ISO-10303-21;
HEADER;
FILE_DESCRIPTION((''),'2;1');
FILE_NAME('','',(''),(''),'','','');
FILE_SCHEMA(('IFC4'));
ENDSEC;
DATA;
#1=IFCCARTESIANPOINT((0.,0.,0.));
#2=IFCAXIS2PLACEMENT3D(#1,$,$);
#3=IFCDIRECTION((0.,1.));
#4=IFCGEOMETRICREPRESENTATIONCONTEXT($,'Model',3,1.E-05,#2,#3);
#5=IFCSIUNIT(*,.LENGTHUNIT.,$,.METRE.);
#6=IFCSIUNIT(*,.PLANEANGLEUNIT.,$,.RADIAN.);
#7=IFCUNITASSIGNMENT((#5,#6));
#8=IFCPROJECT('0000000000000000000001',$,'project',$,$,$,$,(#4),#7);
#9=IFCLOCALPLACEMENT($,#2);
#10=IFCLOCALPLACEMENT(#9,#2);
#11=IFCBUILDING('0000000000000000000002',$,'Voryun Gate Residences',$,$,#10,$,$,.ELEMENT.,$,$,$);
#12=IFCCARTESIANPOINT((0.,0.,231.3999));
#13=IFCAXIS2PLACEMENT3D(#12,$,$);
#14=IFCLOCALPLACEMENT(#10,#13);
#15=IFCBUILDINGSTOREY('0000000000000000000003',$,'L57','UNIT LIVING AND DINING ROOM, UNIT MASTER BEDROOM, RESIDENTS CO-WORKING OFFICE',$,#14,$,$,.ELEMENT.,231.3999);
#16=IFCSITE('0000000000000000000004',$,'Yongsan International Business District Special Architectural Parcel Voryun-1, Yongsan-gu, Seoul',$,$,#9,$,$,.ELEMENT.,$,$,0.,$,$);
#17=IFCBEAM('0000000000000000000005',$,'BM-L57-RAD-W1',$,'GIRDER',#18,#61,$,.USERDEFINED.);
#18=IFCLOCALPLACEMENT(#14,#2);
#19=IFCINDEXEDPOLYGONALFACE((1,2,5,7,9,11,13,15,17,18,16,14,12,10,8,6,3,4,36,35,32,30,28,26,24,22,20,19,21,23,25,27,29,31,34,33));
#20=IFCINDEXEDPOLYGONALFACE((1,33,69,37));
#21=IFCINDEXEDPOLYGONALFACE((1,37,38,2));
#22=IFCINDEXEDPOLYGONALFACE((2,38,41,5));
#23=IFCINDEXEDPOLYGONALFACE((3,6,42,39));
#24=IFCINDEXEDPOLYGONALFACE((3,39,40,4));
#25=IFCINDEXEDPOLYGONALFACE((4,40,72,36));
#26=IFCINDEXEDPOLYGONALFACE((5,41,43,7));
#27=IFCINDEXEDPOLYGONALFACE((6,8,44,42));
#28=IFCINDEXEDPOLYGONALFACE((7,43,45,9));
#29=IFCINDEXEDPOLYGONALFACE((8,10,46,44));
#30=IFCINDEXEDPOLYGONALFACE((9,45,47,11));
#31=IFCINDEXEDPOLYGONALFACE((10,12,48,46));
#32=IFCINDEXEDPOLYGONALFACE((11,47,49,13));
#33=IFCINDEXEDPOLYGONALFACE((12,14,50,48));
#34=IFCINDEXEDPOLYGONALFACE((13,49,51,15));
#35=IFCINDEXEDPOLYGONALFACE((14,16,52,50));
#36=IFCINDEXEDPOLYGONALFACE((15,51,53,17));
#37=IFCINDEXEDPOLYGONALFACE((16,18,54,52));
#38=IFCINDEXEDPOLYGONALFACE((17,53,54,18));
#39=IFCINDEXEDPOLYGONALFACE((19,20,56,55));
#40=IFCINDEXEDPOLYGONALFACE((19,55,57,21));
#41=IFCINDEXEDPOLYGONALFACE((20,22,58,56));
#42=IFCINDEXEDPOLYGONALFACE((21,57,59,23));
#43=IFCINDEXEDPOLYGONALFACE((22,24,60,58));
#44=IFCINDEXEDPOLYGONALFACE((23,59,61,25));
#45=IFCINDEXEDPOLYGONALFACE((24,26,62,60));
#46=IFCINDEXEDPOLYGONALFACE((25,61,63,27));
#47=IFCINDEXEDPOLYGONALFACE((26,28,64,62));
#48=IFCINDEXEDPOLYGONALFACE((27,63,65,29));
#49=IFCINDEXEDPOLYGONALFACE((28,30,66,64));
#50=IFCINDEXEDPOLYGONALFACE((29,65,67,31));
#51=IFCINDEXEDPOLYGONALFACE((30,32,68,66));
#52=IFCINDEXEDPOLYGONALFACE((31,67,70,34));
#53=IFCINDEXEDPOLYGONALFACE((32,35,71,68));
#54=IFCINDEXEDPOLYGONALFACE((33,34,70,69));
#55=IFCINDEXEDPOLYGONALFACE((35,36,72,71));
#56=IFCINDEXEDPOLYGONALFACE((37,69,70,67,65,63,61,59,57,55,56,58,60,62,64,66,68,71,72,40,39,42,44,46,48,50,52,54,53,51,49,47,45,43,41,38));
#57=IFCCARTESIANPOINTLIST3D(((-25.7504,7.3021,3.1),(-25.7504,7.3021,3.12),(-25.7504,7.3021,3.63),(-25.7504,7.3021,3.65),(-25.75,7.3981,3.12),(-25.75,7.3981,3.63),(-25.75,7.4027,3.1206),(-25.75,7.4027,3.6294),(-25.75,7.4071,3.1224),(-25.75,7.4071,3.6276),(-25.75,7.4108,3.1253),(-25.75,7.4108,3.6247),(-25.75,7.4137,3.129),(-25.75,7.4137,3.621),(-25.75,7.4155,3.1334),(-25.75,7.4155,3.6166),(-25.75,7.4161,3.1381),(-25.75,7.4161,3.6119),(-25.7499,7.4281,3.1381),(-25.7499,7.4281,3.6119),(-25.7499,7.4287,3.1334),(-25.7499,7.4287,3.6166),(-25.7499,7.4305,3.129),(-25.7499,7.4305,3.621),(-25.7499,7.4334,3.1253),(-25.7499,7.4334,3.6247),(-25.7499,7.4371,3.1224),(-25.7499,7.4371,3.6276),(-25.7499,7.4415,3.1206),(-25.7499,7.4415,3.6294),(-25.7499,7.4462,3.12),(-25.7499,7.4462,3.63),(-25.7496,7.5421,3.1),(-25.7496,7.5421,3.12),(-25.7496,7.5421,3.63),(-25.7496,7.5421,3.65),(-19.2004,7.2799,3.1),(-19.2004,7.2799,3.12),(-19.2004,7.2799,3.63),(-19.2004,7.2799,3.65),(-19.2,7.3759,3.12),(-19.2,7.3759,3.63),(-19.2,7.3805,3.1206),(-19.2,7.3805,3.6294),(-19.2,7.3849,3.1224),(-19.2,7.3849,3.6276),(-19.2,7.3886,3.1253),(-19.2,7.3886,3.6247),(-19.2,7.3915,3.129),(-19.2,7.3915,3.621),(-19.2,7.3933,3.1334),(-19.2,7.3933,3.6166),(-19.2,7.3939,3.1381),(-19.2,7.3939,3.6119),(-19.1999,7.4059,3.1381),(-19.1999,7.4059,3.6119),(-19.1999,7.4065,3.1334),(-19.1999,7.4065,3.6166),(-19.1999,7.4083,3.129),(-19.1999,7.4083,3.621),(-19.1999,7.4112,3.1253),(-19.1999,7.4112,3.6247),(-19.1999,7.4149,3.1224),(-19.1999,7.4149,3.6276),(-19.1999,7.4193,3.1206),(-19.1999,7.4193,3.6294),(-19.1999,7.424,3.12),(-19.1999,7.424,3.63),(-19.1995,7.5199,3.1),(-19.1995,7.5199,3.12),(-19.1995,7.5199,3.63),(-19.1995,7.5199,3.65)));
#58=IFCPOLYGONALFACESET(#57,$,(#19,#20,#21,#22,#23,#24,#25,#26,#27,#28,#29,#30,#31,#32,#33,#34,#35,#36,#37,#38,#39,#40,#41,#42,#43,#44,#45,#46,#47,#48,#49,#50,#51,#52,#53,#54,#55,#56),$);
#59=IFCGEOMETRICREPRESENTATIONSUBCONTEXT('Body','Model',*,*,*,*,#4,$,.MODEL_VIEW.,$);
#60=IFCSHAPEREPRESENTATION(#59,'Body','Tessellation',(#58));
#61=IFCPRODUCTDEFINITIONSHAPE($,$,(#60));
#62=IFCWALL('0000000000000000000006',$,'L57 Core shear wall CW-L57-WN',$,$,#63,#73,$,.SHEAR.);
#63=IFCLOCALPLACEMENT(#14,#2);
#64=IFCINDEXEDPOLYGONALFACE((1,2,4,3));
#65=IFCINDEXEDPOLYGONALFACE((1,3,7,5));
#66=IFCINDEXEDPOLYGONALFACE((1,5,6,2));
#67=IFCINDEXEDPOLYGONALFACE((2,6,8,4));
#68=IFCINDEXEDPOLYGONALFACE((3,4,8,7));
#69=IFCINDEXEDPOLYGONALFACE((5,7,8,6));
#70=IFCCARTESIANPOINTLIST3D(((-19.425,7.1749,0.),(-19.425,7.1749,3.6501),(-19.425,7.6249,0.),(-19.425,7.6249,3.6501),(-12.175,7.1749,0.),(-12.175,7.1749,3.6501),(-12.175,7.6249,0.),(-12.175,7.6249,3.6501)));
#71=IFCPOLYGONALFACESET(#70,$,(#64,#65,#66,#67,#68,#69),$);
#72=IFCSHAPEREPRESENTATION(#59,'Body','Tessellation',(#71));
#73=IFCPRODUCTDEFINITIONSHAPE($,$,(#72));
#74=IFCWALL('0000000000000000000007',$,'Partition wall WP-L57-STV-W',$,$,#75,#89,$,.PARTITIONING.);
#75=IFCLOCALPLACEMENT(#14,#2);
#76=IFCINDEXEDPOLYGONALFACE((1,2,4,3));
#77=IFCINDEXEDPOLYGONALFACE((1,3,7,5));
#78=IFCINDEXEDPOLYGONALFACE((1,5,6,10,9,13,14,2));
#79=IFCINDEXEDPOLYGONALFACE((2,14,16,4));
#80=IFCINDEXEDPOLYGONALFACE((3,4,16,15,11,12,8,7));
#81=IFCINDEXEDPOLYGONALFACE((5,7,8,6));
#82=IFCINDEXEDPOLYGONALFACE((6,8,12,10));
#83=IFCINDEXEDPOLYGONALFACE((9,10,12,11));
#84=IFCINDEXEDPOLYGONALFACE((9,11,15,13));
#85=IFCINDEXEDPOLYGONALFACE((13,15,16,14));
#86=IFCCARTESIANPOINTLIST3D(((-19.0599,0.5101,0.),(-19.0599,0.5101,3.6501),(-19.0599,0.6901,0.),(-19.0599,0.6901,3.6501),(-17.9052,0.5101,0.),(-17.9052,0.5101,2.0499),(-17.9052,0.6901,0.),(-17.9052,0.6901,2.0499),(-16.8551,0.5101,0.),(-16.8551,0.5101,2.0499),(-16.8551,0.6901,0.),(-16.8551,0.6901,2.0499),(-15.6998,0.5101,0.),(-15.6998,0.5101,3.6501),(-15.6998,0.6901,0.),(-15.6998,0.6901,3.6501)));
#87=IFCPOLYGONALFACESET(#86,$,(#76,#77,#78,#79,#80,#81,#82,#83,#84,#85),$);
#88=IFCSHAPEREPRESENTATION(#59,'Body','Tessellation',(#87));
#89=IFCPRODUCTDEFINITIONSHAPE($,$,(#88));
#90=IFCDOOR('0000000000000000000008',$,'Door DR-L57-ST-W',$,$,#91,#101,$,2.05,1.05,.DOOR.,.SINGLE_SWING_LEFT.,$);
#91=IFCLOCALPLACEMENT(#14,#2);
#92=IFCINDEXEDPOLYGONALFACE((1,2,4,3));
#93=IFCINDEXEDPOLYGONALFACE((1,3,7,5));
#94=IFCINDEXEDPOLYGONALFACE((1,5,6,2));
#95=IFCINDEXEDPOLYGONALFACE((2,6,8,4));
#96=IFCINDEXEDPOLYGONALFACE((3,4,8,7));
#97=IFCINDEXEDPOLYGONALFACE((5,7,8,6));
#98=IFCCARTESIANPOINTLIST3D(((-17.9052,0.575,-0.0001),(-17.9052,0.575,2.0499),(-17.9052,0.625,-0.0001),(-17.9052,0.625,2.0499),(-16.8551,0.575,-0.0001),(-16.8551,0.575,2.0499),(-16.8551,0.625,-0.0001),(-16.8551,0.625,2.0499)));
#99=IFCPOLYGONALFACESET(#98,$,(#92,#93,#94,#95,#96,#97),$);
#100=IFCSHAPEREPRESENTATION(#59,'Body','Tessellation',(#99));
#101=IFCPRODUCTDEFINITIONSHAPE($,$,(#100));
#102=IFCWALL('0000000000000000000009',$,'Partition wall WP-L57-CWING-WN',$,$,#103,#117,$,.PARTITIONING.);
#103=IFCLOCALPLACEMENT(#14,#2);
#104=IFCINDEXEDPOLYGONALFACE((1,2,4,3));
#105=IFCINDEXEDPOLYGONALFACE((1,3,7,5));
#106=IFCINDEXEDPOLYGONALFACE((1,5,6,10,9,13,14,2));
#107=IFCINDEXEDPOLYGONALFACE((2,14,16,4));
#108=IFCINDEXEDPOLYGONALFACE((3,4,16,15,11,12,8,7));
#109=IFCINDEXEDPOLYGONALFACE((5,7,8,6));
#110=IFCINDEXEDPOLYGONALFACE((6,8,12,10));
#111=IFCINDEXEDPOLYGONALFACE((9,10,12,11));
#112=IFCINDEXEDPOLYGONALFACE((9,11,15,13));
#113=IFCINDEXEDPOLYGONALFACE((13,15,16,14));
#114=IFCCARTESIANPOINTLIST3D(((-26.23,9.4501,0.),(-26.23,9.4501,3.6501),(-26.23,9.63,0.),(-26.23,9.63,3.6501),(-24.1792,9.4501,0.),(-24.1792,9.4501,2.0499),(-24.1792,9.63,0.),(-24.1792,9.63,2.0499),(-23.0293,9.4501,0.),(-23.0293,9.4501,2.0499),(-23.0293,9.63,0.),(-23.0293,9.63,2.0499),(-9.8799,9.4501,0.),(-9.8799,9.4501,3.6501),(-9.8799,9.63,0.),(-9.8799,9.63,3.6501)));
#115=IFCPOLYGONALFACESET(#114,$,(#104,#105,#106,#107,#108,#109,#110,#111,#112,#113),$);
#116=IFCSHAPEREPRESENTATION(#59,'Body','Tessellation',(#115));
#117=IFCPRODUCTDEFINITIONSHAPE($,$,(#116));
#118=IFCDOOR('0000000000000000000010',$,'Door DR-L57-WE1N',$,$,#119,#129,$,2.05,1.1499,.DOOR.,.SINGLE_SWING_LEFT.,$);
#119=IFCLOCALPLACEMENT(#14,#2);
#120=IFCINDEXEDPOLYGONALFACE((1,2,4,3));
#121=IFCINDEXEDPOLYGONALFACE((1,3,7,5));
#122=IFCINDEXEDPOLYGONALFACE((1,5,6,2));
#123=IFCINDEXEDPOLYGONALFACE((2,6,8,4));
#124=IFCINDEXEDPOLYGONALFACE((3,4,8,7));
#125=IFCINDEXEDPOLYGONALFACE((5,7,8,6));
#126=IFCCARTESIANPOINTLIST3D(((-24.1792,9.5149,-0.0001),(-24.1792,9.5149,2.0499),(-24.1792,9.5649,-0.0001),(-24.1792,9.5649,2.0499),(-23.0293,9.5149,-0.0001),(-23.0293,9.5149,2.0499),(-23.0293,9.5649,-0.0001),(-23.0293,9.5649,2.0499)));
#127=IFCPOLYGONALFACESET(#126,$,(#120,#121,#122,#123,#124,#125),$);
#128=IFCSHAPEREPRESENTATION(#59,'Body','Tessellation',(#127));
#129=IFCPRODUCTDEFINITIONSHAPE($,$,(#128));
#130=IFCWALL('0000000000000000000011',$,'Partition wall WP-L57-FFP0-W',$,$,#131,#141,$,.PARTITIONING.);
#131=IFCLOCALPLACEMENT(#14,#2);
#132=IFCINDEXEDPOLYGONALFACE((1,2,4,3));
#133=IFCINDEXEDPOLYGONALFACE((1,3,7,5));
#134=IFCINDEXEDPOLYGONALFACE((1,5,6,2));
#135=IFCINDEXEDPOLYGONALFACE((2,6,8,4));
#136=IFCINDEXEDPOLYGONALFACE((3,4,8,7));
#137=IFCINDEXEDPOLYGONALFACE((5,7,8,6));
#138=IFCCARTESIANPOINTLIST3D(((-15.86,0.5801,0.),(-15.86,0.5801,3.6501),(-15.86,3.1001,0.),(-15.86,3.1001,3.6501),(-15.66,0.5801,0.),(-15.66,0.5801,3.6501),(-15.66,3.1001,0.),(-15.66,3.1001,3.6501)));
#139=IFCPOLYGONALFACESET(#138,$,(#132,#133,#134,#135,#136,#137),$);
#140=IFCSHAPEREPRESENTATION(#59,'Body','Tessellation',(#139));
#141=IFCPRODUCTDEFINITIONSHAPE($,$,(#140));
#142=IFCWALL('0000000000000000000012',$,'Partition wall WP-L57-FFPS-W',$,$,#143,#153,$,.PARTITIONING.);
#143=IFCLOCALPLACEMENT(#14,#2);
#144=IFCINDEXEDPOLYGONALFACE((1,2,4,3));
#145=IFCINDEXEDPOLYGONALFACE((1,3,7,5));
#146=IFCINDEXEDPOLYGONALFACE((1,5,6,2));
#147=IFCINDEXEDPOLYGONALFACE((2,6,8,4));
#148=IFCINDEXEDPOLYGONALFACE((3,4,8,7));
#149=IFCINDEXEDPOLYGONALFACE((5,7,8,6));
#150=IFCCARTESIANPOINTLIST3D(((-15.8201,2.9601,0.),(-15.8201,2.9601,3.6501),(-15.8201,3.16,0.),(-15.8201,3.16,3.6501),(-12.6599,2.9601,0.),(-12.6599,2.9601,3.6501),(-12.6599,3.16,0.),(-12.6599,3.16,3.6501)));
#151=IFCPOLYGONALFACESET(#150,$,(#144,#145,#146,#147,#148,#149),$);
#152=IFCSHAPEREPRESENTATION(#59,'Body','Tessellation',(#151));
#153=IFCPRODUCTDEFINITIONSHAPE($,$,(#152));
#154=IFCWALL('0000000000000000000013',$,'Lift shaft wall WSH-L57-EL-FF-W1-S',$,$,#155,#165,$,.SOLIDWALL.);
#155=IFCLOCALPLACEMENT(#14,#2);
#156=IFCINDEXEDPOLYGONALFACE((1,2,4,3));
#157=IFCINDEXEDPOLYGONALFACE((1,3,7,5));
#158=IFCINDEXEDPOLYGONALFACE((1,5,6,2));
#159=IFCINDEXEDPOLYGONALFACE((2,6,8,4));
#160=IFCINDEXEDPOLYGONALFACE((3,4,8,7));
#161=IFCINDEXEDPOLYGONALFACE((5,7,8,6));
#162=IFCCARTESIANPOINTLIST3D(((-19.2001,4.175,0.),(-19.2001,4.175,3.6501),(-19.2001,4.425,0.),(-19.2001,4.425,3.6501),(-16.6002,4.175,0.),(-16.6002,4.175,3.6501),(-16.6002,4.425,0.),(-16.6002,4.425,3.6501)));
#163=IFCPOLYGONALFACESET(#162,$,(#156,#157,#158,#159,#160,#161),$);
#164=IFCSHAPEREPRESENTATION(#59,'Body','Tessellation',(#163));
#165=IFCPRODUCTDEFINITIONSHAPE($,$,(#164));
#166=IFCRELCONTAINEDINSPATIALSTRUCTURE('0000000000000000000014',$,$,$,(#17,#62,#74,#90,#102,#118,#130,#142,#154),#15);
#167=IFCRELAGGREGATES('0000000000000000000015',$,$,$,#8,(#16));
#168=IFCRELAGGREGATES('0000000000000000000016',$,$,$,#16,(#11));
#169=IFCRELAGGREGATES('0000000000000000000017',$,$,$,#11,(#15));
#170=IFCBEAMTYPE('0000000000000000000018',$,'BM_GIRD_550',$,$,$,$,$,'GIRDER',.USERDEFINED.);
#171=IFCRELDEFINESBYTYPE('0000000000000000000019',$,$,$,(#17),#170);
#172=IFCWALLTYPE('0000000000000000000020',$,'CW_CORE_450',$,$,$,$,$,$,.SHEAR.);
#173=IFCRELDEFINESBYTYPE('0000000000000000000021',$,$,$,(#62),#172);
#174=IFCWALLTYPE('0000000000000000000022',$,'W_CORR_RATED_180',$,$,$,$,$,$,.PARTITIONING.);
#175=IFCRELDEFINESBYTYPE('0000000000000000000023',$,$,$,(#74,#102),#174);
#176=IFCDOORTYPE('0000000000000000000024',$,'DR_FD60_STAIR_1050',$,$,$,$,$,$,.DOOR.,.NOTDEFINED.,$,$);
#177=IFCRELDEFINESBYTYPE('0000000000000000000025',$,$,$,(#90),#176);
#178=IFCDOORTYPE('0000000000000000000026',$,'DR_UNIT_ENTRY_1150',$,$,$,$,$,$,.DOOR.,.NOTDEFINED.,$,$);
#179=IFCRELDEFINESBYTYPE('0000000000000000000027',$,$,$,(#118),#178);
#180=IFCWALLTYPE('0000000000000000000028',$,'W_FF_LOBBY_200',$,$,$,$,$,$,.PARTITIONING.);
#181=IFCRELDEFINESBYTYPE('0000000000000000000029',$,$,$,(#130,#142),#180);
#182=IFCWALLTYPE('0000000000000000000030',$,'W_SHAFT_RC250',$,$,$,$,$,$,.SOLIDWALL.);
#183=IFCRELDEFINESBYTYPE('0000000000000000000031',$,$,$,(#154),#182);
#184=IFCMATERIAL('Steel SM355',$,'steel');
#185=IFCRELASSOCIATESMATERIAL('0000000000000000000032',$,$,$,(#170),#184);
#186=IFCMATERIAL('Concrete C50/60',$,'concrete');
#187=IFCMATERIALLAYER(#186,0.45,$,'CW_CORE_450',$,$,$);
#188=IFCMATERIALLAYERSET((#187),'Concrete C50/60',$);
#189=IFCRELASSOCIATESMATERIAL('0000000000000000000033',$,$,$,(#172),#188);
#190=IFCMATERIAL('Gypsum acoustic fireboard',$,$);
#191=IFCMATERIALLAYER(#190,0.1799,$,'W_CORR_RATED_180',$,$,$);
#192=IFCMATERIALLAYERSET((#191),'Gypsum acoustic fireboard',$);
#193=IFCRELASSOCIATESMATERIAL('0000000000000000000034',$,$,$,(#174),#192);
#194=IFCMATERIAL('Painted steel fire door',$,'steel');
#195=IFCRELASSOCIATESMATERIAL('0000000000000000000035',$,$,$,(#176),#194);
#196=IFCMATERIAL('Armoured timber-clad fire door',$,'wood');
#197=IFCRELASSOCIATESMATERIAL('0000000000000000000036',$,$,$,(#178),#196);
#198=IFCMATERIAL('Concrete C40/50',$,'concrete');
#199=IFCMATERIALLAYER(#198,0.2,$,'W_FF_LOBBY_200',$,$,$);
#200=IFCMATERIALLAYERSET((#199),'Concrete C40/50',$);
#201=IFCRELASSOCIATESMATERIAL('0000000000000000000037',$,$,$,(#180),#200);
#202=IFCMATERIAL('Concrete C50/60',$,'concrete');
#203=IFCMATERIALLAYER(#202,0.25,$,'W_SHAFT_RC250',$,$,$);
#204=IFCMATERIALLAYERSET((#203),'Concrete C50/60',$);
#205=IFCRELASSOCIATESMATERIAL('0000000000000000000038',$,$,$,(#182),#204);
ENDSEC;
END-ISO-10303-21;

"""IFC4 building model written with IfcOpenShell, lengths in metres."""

from ifc_helpers import new_model, si_unit, direction, frame, frame_2d, origin, origin_2d, place, context, subcontext, project, spatial, rectangle, i_section, extrude, material, layer, layer_set, material_profile, profile_set, type_object, element, fill, save


model = new_model("IFC4")

# Units and contexts
model_context = context("Model", 3, precision=1e-05, world=origin(), true_north=direction((0.0, 1.0)))
body_context = subcontext(model_context, "Body", "Model", "MODEL_VIEW")
ifc_project = project(units=[si_unit("LENGTHUNIT", "METRE"), si_unit("PLANEANGLEUNIT", "RADIAN")], contexts=[model_context])

# Site, building, storey
site_placement = place(None, origin())
site = spatial("IfcSite", under=ifc_project, at=site_placement, Name="Yongsan International Business District Special Architectural Parcel Voryun-1, Yongsan-gu, Seoul", CompositionType="ELEMENT", RefElevation=0.0)
building_placement = place(site_placement, origin())
building = spatial("IfcBuilding", under=site, at=building_placement, Name="Voryun Gate Residences", CompositionType="ELEMENT")
storey_placement = place(building_placement, frame((0.0, 0.0, 231.3999)))
storey = spatial("IfcBuildingStorey", under=building, at=storey_placement, Name="L57", Description="UNIT LIVING AND DINING ROOM, UNIT MASTER BEDROOM, RESIDENTS CO-WORKING OFFICE", CompositionType="ELEMENT", Elevation=231.3999)

# Beam
ifc_material_1 = material(Name="Steel SM355", Category="steel")
ifc_material_profile_1 = material_profile(ifc_material_1, i_section(OverallWidth=0.24, OverallDepth=0.55, WebThickness=0.012, FlangeThickness=0.02, FilletRadius=0.0181, at=origin_2d()), Name="H-550x240x12x20")
ifc_profile_set_1 = profile_set([ifc_material_profile_1], Name="Steel SM355")
beam_type_1 = type_object("IfcBeamType", Name="BM_GIRD_550", ElementType="GIRDER", PredefinedType="USERDEFINED", material=ifc_profile_set_1)
beam_1_placement = place(storey_placement, frame((-19.2, 7.3999, 3.375), z_axis=(-0.999994, 0.003392, 0.0), x_axis=(-0.003392, -0.999994, 0.0)))
element("IfcBeam", 1, at=beam_1_placement, inside=storey, type_object=beam_type_1, Name="BM-L57-RAD-W1", ObjectType="GIRDER", PredefinedType="USERDEFINED", context=body_context, shape_type="SweptSolid", body=[
    extrude(i_section(OverallWidth=0.24, OverallDepth=0.55, WebThickness=0.012, FlangeThickness=0.02, FilletRadius=0.0181, at=origin_2d()), origin(), (0.0, 0.0, 1.0), 6.55),
])

# Wall
ifc_material_2 = material(Name="Concrete C50/60", Category="concrete")
ifc_layer_1 = layer(ifc_material_2, 0.45, Name="CW_CORE_450")
ifc_layer_set_1 = layer_set([ifc_layer_1], Name="Concrete C50/60")
wall_type_1 = type_object("IfcWallType", Name="CW_CORE_450", PredefinedType="SHEAR", material=ifc_layer_set_1)
wall_1_placement = place(storey_placement, frame((-19.425, 7.3999, 0.0), z_axis=(0.0, 0.0, 1.0), x_axis=(1.0, 0.0, 0.0)))
element("IfcWall", 2, at=wall_1_placement, inside=storey, type_object=wall_type_1, Name="L57 Core shear wall CW-L57-WN", PredefinedType="SHEAR", context=body_context, shape_type="SweptSolid", body=[
    extrude(rectangle(XDim=7.25, YDim=0.45, at=frame_2d((3.625, 0.0))), origin(), (0.0, 0.0, 1.0), 3.6501),
])

# Walls, openings, doors
ifc_material_3 = material(Name="Gypsum acoustic fireboard")
ifc_layer_2 = layer(ifc_material_3, 0.1799, Name="W_CORR_RATED_180")
ifc_layer_set_2 = layer_set([ifc_layer_2], Name="Gypsum acoustic fireboard")
wall_type_2 = type_object("IfcWallType", Name="W_CORR_RATED_180", PredefinedType="PARTITIONING", material=ifc_layer_set_2)
wall_2_placement = place(storey_placement, frame((-19.0601, 0.6001, 0.0), z_axis=(0.0, 0.0, 1.0), x_axis=(1.0, 0.0, 0.0)))
wall_2 = element("IfcWall", 3, at=wall_2_placement, inside=storey, type_object=wall_type_2, Name="Partition wall WP-L57-STV-W", PredefinedType="PARTITIONING", context=body_context, shape_type="SweptSolid", body=[
    extrude(rectangle(XDim=3.3601, YDim=0.1799, at=frame_2d((1.6802, 0.0))), origin(), (0.0, 0.0, 1.0), 3.6501),
])
opening_1_placement = place(wall_2_placement, frame((1.155, 0.0, 0.0)))
opening_1 = element("IfcOpeningElement", 4, at=opening_1_placement, cuts=wall_2, PredefinedType="OPENING", context=body_context, shape_type="SweptSolid", body=[
    extrude(rectangle(XDim=1.05, YDim=2.05, at=frame_2d((0.5249, 1.0249))), frame((0.0, 0.0999, 0.0), z_axis=(0.0, -1.0, 0.0), x_axis=(1.0, 0.0, 0.0)), (0.0, 0.0, 1.0), 0.2),
])
ifc_material_4 = material(Name="Painted steel fire door", Category="steel")
door_type_1 = type_object("IfcDoorType", Name="DR_FD60_STAIR_1050", OperationType="NOTDEFINED", PredefinedType="DOOR", material=ifc_material_4)
door_1_placement = place(opening_1_placement, origin())
door_1 = element("IfcDoor", 5, at=door_1_placement, inside=storey, type_object=door_type_1, Name="Door DR-L57-ST-W", OperationType="SINGLE_SWING_LEFT", OverallHeight=2.05, OverallWidth=1.05, PredefinedType="DOOR", context=body_context, shape_type="SweptSolid", body=[
    extrude(rectangle(XDim=1.05, YDim=2.05, at=frame_2d((0.5249, 1.0249))), frame((0.0, 0.0249, 0.0), z_axis=(0.0, -1.0, 0.0), x_axis=(1.0, 0.0, 0.0)), (0.0, 0.0, 1.0), 0.05),
])
fill(opening_1, door_1)
wall_3_placement = place(storey_placement, frame((-26.23, 9.54, 0.0), z_axis=(0.0, 0.0, 1.0), x_axis=(1.0, 0.0, 0.0)))
wall_3 = element("IfcWall", 6, at=wall_3_placement, inside=storey, type_object=wall_type_2, Name="Partition wall WP-L57-CWING-WN", PredefinedType="PARTITIONING", context=body_context, shape_type="SweptSolid", body=[
    extrude(rectangle(XDim=16.3501, YDim=0.1799, at=frame_2d((8.175, 0.0))), origin(), (0.0, 0.0, 1.0), 3.6501),
])
opening_2_placement = place(wall_3_placement, frame((2.0508, 0.0, 0.0)))
opening_2 = element("IfcOpeningElement", 7, at=opening_2_placement, cuts=wall_3, PredefinedType="OPENING", context=body_context, shape_type="SweptSolid", body=[
    extrude(rectangle(XDim=1.1499, YDim=2.05, at=frame_2d((0.575, 1.0249))), frame((0.0, 0.0999, 0.0), z_axis=(0.0, -1.0, 0.0), x_axis=(1.0, 0.0, 0.0)), (0.0, 0.0, 1.0), 0.2),
])
ifc_material_5 = material(Name="Armoured timber-clad fire door", Category="wood")
door_type_2 = type_object("IfcDoorType", Name="DR_UNIT_ENTRY_1150", OperationType="NOTDEFINED", PredefinedType="DOOR", material=ifc_material_5)
door_2_placement = place(opening_2_placement, origin())
door_2 = element("IfcDoor", 8, at=door_2_placement, inside=storey, type_object=door_type_2, Name="Door DR-L57-WE1N", OperationType="SINGLE_SWING_LEFT", OverallHeight=2.05, OverallWidth=1.1499, PredefinedType="DOOR", context=body_context, shape_type="SweptSolid", body=[
    extrude(rectangle(XDim=1.1499, YDim=2.05, at=frame_2d((0.575, 1.0249))), frame((0.0, 0.0249, 0.0), z_axis=(0.0, -1.0, 0.0), x_axis=(1.0, 0.0, 0.0)), (0.0, 0.0, 1.0), 0.05),
])
fill(opening_2, door_2)

# Walls
ifc_material_6 = material(Name="Concrete C40/50", Category="concrete")
ifc_layer_3 = layer(ifc_material_6, 0.2, Name="W_FF_LOBBY_200")
ifc_layer_set_3 = layer_set([ifc_layer_3], Name="Concrete C40/50")
wall_type_3 = type_object("IfcWallType", Name="W_FF_LOBBY_200", PredefinedType="PARTITIONING", material=ifc_layer_set_3)
wall_4_placement = place(storey_placement, frame((-15.76, 0.5801, 0.0), z_axis=(0.0, 0.0, 1.0), x_axis=(0.0, 1.0, 0.0)))
element("IfcWall", 9, at=wall_4_placement, inside=storey, type_object=wall_type_3, Name="Partition wall WP-L57-FFP0-W", PredefinedType="PARTITIONING", context=body_context, shape_type="SweptSolid", body=[
    extrude(rectangle(XDim=2.52, YDim=0.2, at=frame_2d((1.26, 0.0))), origin(), (0.0, 0.0, 1.0), 3.6501),
])
wall_5_placement = place(storey_placement, frame((-15.8201, 3.0601, 0.0), z_axis=(0.0, 0.0, 1.0), x_axis=(1.0, 0.0, 0.0)))
element("IfcWall", 10, at=wall_5_placement, inside=storey, type_object=wall_type_3, Name="Partition wall WP-L57-FFPS-W", PredefinedType="PARTITIONING", context=body_context, shape_type="SweptSolid", body=[
    extrude(rectangle(XDim=3.1602, YDim=0.2, at=frame_2d((1.5801, 0.0))), origin(), (0.0, 0.0, 1.0), 3.6501),
])
ifc_material_7 = material(Name="Concrete C50/60", Category="concrete")
ifc_layer_4 = layer(ifc_material_7, 0.25, Name="W_SHAFT_RC250")
ifc_layer_set_4 = layer_set([ifc_layer_4], Name="Concrete C50/60")
wall_type_4 = type_object("IfcWallType", Name="W_SHAFT_RC250", PredefinedType="SOLIDWALL", material=ifc_layer_set_4)
wall_6_placement = place(storey_placement, frame((-19.2, 4.3, 0.0), z_axis=(0.0, 0.0, 1.0), x_axis=(1.0, 0.0, 0.0)))
element("IfcWall", 11, at=wall_6_placement, inside=storey, type_object=wall_type_4, Name="Lift shaft wall WSH-L57-EL-FF-W1-S", PredefinedType="SOLIDWALL", context=body_context, shape_type="SweptSolid", body=[
    extrude(rectangle(XDim=2.5999, YDim=0.25, at=frame_2d((1.2998, 0.0))), origin(), (0.0, 0.0, 1.0), 3.6501),
])

save(model, "model.ifc")
